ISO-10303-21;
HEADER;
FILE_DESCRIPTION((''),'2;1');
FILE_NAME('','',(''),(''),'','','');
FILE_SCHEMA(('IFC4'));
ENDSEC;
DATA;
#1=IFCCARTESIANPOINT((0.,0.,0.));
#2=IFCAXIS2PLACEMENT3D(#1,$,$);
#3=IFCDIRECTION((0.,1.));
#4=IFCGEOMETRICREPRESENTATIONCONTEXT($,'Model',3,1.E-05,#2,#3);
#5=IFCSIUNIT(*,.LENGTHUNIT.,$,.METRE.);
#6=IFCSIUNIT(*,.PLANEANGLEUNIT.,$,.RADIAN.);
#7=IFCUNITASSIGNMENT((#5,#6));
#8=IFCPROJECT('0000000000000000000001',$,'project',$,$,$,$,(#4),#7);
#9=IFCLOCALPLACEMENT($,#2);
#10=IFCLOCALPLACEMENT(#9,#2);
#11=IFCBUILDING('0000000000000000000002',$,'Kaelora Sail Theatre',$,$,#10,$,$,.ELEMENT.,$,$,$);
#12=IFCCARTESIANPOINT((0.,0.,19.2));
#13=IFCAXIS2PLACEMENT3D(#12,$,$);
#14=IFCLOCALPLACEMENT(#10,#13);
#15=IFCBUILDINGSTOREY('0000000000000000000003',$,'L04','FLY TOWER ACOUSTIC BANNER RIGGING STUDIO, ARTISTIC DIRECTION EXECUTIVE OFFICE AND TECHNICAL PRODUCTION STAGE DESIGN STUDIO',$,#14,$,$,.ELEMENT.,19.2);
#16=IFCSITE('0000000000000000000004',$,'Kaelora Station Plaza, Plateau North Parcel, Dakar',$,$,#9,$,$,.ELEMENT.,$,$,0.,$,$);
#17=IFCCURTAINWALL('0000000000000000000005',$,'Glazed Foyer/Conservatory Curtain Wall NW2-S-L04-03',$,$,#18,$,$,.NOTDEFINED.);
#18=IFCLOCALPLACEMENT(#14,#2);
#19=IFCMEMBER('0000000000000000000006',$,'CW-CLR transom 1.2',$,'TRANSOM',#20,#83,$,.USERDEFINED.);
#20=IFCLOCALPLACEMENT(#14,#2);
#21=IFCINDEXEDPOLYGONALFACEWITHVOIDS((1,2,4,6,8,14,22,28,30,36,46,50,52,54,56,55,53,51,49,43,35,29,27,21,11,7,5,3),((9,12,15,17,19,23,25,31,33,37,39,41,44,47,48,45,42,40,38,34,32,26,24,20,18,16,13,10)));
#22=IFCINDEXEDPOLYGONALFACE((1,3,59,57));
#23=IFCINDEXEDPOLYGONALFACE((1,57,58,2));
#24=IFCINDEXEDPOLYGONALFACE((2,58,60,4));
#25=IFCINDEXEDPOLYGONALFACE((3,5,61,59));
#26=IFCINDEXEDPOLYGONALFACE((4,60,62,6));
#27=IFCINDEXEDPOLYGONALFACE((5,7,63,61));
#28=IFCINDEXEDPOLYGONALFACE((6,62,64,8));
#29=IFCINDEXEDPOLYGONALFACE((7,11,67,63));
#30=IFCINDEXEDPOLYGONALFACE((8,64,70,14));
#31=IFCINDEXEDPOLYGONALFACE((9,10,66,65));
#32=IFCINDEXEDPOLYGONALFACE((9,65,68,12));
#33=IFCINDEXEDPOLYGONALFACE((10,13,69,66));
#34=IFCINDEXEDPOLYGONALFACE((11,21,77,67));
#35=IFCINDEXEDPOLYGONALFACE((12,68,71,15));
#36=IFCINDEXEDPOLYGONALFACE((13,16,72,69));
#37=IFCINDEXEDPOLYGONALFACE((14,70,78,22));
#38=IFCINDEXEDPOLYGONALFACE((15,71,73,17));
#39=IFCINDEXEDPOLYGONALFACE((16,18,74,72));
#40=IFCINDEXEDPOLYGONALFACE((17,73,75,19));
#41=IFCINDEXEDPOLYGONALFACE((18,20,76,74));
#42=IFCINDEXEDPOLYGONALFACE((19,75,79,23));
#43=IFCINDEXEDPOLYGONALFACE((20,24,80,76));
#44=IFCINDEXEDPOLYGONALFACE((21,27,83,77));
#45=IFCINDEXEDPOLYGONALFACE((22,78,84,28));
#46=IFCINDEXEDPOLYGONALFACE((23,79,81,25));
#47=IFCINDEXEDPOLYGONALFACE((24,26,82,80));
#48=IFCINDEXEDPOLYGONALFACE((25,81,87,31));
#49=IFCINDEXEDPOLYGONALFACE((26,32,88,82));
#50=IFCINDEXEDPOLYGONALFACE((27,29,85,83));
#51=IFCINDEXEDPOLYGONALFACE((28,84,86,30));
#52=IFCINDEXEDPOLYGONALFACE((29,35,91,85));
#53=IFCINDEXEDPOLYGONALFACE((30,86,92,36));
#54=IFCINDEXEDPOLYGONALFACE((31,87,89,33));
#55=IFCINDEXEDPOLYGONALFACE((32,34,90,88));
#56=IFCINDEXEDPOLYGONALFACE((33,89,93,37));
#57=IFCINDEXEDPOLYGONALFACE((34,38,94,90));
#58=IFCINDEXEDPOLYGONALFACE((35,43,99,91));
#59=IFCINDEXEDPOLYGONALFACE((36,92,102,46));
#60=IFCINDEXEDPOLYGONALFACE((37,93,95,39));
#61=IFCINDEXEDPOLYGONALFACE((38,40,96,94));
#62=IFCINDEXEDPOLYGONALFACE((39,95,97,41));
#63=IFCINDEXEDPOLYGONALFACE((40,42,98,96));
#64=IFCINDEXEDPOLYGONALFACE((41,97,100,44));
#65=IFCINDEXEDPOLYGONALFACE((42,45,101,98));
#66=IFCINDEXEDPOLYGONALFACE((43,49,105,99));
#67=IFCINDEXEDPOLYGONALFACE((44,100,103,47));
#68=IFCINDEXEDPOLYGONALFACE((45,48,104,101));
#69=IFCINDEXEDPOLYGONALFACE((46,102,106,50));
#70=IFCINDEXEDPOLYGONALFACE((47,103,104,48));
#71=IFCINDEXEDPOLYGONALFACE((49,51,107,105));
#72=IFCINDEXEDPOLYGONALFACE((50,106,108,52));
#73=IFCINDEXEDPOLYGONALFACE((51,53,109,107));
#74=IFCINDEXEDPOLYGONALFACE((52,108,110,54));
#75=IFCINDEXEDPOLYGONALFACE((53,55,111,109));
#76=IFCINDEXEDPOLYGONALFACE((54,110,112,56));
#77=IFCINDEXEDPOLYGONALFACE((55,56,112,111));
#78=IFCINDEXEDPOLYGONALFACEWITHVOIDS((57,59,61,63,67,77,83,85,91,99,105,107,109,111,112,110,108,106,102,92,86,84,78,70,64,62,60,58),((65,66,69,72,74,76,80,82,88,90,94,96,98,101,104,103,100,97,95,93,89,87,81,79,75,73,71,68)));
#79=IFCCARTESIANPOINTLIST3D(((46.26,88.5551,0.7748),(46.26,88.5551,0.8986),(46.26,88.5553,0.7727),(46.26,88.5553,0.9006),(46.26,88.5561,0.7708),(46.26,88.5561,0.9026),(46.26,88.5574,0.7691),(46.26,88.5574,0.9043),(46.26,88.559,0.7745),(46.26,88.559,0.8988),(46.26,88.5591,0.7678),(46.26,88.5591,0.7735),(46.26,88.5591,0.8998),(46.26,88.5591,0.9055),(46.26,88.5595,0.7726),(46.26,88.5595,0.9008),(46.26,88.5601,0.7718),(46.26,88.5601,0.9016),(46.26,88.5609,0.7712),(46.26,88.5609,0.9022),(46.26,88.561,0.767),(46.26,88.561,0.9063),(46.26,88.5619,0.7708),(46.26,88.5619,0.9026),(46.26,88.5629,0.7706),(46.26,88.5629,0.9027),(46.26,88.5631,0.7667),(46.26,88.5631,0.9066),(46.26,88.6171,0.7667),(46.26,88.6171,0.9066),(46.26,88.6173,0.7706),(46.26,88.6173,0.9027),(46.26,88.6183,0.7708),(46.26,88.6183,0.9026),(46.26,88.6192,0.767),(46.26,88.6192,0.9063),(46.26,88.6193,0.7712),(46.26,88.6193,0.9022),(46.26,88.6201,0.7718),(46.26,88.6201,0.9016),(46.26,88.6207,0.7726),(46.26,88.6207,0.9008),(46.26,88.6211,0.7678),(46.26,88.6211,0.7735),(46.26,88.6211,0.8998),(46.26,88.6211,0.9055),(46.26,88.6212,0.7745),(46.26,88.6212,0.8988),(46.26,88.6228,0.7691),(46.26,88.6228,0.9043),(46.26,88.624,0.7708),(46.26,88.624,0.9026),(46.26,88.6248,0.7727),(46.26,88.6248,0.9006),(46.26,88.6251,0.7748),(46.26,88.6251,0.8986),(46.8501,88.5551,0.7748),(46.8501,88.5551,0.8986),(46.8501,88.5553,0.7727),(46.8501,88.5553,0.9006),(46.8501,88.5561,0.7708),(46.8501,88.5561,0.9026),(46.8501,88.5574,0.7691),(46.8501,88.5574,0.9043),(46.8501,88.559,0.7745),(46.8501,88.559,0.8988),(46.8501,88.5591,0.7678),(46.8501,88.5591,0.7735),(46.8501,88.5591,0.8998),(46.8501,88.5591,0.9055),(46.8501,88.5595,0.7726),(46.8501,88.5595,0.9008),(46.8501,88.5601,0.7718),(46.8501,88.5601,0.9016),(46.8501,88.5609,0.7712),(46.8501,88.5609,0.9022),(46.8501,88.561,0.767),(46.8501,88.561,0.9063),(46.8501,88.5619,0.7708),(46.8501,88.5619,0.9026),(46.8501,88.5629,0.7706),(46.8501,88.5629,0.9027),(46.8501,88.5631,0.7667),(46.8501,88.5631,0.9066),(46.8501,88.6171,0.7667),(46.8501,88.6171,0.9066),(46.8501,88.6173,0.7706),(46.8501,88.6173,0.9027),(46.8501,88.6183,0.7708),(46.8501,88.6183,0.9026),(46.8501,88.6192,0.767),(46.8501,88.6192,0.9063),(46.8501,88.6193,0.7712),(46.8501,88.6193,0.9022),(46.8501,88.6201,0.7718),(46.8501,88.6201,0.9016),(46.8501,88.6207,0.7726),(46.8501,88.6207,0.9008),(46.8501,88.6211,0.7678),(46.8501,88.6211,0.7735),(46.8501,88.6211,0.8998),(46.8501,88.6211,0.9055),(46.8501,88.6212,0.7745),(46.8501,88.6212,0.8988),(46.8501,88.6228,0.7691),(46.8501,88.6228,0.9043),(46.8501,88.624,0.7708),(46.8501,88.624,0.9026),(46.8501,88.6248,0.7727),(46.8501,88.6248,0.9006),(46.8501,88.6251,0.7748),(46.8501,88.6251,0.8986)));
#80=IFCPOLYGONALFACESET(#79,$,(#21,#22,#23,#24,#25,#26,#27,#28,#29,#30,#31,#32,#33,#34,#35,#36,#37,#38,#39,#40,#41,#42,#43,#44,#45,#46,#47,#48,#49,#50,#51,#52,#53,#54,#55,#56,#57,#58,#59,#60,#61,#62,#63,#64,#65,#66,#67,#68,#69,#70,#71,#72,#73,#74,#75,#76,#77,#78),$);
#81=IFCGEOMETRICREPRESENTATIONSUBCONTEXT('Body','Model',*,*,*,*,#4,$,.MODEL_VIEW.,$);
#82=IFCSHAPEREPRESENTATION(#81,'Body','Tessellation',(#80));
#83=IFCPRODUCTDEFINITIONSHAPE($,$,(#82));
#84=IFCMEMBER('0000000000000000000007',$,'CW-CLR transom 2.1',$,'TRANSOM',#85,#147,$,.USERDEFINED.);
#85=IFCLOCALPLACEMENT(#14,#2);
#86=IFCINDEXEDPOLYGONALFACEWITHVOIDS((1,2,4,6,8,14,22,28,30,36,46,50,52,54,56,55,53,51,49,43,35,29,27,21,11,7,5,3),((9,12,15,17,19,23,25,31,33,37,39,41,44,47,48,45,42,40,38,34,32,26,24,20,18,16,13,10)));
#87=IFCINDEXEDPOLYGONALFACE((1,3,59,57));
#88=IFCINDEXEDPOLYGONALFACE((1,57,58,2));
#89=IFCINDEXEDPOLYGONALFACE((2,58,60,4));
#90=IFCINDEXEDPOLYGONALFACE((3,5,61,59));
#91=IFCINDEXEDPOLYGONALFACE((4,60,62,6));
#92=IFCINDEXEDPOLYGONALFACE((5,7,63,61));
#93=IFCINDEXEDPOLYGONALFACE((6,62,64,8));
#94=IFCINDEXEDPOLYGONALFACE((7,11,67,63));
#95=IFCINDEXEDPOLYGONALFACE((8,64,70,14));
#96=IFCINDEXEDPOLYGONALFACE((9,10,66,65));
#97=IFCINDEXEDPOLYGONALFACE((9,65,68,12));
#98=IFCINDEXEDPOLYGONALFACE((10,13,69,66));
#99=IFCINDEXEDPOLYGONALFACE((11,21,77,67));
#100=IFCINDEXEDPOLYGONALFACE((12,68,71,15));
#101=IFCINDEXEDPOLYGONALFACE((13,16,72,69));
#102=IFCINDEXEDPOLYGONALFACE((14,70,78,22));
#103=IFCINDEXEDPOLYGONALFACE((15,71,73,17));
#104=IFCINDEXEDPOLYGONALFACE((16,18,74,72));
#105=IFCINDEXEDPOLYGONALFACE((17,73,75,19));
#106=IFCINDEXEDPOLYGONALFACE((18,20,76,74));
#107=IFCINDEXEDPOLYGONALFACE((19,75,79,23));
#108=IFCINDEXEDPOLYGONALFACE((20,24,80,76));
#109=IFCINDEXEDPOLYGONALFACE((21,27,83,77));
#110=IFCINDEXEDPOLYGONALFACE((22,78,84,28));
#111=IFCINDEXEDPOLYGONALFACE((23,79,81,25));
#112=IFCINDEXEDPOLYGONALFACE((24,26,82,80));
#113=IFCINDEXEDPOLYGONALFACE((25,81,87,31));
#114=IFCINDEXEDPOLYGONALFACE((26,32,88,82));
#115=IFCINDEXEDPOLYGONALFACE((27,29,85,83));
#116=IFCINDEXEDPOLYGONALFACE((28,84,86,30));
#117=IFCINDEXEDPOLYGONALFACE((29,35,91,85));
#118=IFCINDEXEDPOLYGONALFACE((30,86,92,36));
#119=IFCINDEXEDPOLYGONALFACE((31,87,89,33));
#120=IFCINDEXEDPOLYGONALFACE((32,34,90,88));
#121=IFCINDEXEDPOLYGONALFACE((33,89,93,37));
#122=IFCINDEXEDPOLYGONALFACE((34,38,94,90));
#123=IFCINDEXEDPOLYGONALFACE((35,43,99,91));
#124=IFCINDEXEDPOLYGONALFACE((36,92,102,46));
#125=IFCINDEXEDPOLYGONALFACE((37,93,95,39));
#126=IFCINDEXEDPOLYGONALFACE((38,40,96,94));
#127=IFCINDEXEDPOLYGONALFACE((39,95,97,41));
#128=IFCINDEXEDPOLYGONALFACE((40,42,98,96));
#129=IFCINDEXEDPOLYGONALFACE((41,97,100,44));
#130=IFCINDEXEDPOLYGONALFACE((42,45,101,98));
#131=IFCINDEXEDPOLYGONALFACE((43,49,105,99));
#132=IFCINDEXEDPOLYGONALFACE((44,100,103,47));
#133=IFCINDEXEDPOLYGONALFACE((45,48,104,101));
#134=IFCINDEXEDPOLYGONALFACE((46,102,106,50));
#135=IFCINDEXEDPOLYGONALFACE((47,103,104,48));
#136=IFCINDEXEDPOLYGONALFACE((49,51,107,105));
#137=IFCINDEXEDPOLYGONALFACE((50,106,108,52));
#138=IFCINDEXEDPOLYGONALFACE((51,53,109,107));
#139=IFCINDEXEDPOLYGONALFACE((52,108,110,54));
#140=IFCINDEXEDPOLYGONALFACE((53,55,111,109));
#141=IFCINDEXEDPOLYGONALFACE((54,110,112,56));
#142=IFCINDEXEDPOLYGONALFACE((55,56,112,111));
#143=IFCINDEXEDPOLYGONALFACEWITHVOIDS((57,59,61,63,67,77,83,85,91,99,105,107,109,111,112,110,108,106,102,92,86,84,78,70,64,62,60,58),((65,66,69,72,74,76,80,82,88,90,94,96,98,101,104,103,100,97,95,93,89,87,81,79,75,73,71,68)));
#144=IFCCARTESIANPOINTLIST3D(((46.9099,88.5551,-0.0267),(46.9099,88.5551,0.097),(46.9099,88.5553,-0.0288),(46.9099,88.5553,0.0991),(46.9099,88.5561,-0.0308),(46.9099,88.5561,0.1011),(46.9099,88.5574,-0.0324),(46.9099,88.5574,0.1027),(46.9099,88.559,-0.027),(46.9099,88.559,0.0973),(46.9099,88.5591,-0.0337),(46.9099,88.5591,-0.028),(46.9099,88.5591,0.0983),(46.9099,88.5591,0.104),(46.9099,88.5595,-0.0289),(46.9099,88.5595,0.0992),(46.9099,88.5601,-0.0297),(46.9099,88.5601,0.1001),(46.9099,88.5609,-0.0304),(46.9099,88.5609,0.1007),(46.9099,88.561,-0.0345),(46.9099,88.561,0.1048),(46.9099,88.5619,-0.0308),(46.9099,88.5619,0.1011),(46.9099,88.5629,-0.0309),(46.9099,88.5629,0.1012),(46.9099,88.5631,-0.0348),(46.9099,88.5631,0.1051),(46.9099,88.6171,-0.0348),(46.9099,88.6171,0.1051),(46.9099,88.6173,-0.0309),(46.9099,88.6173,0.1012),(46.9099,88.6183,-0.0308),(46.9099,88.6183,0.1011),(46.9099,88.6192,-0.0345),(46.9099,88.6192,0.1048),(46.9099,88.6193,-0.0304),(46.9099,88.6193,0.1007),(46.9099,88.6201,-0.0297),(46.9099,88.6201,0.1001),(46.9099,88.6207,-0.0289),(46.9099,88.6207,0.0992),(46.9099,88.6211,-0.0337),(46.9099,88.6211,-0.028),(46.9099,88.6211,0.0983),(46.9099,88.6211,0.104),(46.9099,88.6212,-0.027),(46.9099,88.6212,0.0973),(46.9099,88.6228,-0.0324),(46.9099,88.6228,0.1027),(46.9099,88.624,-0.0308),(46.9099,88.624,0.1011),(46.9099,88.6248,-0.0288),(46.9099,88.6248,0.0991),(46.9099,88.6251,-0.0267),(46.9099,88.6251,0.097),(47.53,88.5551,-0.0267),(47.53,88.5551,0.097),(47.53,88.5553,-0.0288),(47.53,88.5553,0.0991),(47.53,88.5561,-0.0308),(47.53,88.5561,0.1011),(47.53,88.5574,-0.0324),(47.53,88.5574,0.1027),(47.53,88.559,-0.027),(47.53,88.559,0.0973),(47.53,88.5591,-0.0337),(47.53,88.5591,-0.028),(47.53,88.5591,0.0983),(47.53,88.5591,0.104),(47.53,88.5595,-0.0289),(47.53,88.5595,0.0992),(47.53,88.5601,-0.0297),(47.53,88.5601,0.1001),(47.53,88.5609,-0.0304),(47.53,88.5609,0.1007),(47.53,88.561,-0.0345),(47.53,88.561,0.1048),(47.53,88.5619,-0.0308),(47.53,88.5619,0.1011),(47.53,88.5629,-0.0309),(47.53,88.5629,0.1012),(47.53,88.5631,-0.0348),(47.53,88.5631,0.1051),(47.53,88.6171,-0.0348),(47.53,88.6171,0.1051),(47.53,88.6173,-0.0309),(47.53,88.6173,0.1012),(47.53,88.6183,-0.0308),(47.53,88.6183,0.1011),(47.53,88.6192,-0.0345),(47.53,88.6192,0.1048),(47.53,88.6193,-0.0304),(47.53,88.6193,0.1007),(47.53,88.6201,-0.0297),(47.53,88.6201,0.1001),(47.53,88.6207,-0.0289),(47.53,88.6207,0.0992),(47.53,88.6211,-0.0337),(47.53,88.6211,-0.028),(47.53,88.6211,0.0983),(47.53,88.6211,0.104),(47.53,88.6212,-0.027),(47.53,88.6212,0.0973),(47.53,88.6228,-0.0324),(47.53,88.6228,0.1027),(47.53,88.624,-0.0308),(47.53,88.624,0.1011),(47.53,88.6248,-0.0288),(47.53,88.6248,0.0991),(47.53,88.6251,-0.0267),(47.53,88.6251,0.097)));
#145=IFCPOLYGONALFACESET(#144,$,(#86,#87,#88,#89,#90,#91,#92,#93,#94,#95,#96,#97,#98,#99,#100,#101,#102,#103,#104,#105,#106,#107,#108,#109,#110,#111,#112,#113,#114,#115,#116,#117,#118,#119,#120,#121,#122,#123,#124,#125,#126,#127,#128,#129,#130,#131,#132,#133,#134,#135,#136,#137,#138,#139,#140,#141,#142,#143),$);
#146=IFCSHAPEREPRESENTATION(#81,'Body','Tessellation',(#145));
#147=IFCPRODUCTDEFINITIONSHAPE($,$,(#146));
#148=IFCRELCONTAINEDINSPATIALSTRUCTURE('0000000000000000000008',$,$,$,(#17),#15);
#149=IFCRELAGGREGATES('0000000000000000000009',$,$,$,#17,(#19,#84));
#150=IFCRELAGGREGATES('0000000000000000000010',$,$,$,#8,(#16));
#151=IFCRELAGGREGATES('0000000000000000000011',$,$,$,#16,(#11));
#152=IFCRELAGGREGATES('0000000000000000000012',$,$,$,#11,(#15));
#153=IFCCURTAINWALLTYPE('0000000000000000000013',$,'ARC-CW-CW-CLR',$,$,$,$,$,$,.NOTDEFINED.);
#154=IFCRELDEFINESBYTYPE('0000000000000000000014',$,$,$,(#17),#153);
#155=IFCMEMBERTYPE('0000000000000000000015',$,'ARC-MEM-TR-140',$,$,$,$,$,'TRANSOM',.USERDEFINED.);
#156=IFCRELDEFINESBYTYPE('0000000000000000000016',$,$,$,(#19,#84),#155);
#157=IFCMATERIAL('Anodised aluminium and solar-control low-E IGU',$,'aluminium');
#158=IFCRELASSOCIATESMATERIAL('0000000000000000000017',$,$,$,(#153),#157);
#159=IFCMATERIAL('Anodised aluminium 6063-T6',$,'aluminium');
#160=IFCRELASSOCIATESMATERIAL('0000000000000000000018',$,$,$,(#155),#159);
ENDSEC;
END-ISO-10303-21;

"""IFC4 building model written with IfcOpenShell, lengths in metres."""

from ifc_helpers import new_model, si_unit, direction, frame, origin, origin_2d, place, context, subcontext, project, spatial, hollow_rectangle, extrude, material, material_profile, profile_set, type_object, element, aggregate, save


model = new_model("IFC4")

# Units and contexts
model_context = context("Model", 3, precision=1e-05, world=origin(), true_north=direction((0.0, 1.0)))
body_context = subcontext(model_context, "Body", "Model", "MODEL_VIEW")
ifc_project = project(units=[si_unit("LENGTHUNIT", "METRE"), si_unit("PLANEANGLEUNIT", "RADIAN")], contexts=[model_context])

# Site, building, storey
site_placement = place(None, origin())
site = spatial("IfcSite", under=ifc_project, at=site_placement, Name="Kaelora Station Plaza, Plateau North Parcel, Dakar", CompositionType="ELEMENT", RefElevation=0.0)
building_placement = place(site_placement, origin())
building = spatial("IfcBuilding", under=site, at=building_placement, Name="Kaelora Sail Theatre", CompositionType="ELEMENT")
storey_placement = place(building_placement, frame((0.0, 0.0, 19.2)))
storey = spatial("IfcBuildingStorey", under=building, at=storey_placement, Name="L04", Description="FLY TOWER ACOUSTIC BANNER RIGGING STUDIO, ARTISTIC DIRECTION EXECUTIVE OFFICE AND TECHNICAL PRODUCTION STAGE DESIGN STUDIO", CompositionType="ELEMENT", Elevation=19.2)

# Curtain wall, members
ifc_material_1 = material(Name="Anodised aluminium and solar-control low-E IGU", Category="aluminium")
curtain_wall_type = type_object("IfcCurtainWallType", Name="ARC-CW-CW-CLR", PredefinedType="NOTDEFINED", material=ifc_material_1)
curtain_wall_placement = place(storey_placement, origin())
curtain_wall = element("IfcCurtainWall", 1, at=curtain_wall_placement, inside=storey, type_object=curtain_wall_type, Name="Glazed Foyer/Conservatory Curtain Wall NW2-S-L04-03", PredefinedType="NOTDEFINED")
ifc_material_2 = material(Name="Anodised aluminium 6063-T6", Category="aluminium")
ifc_material_profile_1 = material_profile(ifc_material_2, hollow_rectangle(XDim=0.0701, YDim=0.1399, WallThickness=0.0039, InnerFilletRadius=0.0039, OuterFilletRadius=0.0081, at=origin_2d()), Name="ALU-TRAN 70x140x4")
ifc_profile_set_1 = profile_set([ifc_material_profile_1], Name="Anodised aluminium 6063-T6")
member_type_1 = type_object("IfcMemberType", Name="ARC-MEM-TR-140", ElementType="TRANSOM", PredefinedType="USERDEFINED", material=ifc_profile_set_1)
member_1_placement = place(storey_placement, frame((46.26, 88.5901, 0.8367), z_axis=(1.0, 0.0, 0.0), x_axis=(0.0, 1.0, 0.0)))
member_1 = element("IfcMember", 2, at=member_1_placement, type_object=member_type_1, Name="CW-CLR transom 1.2", ObjectType="TRANSOM", PredefinedType="USERDEFINED", context=body_context, shape_type="SweptSolid", body=[
    extrude(hollow_rectangle(XDim=0.0701, YDim=0.1399, WallThickness=0.0039, InnerFilletRadius=0.0039, OuterFilletRadius=0.0081, at=origin_2d()), origin(), (0.0, 0.0, 1.0), 0.5901),
])
member_2_placement = place(storey_placement, frame((46.9099, 88.5901, 0.0352), z_axis=(1.0, 0.0, 0.0), x_axis=(0.0, 1.0, 0.0)))
member_2 = element("IfcMember", 3, at=member_2_placement, type_object=member_type_1, Name="CW-CLR transom 2.1", ObjectType="TRANSOM", PredefinedType="USERDEFINED", context=body_context, shape_type="SweptSolid", body=[
    extrude(hollow_rectangle(XDim=0.0701, YDim=0.1399, WallThickness=0.0039, InnerFilletRadius=0.0039, OuterFilletRadius=0.0081, at=origin_2d()), origin(), (0.0, 0.0, 1.0), 0.6201),
])
aggregate(curtain_wall, [member_1, member_2])

save(model, "model.ifc")
